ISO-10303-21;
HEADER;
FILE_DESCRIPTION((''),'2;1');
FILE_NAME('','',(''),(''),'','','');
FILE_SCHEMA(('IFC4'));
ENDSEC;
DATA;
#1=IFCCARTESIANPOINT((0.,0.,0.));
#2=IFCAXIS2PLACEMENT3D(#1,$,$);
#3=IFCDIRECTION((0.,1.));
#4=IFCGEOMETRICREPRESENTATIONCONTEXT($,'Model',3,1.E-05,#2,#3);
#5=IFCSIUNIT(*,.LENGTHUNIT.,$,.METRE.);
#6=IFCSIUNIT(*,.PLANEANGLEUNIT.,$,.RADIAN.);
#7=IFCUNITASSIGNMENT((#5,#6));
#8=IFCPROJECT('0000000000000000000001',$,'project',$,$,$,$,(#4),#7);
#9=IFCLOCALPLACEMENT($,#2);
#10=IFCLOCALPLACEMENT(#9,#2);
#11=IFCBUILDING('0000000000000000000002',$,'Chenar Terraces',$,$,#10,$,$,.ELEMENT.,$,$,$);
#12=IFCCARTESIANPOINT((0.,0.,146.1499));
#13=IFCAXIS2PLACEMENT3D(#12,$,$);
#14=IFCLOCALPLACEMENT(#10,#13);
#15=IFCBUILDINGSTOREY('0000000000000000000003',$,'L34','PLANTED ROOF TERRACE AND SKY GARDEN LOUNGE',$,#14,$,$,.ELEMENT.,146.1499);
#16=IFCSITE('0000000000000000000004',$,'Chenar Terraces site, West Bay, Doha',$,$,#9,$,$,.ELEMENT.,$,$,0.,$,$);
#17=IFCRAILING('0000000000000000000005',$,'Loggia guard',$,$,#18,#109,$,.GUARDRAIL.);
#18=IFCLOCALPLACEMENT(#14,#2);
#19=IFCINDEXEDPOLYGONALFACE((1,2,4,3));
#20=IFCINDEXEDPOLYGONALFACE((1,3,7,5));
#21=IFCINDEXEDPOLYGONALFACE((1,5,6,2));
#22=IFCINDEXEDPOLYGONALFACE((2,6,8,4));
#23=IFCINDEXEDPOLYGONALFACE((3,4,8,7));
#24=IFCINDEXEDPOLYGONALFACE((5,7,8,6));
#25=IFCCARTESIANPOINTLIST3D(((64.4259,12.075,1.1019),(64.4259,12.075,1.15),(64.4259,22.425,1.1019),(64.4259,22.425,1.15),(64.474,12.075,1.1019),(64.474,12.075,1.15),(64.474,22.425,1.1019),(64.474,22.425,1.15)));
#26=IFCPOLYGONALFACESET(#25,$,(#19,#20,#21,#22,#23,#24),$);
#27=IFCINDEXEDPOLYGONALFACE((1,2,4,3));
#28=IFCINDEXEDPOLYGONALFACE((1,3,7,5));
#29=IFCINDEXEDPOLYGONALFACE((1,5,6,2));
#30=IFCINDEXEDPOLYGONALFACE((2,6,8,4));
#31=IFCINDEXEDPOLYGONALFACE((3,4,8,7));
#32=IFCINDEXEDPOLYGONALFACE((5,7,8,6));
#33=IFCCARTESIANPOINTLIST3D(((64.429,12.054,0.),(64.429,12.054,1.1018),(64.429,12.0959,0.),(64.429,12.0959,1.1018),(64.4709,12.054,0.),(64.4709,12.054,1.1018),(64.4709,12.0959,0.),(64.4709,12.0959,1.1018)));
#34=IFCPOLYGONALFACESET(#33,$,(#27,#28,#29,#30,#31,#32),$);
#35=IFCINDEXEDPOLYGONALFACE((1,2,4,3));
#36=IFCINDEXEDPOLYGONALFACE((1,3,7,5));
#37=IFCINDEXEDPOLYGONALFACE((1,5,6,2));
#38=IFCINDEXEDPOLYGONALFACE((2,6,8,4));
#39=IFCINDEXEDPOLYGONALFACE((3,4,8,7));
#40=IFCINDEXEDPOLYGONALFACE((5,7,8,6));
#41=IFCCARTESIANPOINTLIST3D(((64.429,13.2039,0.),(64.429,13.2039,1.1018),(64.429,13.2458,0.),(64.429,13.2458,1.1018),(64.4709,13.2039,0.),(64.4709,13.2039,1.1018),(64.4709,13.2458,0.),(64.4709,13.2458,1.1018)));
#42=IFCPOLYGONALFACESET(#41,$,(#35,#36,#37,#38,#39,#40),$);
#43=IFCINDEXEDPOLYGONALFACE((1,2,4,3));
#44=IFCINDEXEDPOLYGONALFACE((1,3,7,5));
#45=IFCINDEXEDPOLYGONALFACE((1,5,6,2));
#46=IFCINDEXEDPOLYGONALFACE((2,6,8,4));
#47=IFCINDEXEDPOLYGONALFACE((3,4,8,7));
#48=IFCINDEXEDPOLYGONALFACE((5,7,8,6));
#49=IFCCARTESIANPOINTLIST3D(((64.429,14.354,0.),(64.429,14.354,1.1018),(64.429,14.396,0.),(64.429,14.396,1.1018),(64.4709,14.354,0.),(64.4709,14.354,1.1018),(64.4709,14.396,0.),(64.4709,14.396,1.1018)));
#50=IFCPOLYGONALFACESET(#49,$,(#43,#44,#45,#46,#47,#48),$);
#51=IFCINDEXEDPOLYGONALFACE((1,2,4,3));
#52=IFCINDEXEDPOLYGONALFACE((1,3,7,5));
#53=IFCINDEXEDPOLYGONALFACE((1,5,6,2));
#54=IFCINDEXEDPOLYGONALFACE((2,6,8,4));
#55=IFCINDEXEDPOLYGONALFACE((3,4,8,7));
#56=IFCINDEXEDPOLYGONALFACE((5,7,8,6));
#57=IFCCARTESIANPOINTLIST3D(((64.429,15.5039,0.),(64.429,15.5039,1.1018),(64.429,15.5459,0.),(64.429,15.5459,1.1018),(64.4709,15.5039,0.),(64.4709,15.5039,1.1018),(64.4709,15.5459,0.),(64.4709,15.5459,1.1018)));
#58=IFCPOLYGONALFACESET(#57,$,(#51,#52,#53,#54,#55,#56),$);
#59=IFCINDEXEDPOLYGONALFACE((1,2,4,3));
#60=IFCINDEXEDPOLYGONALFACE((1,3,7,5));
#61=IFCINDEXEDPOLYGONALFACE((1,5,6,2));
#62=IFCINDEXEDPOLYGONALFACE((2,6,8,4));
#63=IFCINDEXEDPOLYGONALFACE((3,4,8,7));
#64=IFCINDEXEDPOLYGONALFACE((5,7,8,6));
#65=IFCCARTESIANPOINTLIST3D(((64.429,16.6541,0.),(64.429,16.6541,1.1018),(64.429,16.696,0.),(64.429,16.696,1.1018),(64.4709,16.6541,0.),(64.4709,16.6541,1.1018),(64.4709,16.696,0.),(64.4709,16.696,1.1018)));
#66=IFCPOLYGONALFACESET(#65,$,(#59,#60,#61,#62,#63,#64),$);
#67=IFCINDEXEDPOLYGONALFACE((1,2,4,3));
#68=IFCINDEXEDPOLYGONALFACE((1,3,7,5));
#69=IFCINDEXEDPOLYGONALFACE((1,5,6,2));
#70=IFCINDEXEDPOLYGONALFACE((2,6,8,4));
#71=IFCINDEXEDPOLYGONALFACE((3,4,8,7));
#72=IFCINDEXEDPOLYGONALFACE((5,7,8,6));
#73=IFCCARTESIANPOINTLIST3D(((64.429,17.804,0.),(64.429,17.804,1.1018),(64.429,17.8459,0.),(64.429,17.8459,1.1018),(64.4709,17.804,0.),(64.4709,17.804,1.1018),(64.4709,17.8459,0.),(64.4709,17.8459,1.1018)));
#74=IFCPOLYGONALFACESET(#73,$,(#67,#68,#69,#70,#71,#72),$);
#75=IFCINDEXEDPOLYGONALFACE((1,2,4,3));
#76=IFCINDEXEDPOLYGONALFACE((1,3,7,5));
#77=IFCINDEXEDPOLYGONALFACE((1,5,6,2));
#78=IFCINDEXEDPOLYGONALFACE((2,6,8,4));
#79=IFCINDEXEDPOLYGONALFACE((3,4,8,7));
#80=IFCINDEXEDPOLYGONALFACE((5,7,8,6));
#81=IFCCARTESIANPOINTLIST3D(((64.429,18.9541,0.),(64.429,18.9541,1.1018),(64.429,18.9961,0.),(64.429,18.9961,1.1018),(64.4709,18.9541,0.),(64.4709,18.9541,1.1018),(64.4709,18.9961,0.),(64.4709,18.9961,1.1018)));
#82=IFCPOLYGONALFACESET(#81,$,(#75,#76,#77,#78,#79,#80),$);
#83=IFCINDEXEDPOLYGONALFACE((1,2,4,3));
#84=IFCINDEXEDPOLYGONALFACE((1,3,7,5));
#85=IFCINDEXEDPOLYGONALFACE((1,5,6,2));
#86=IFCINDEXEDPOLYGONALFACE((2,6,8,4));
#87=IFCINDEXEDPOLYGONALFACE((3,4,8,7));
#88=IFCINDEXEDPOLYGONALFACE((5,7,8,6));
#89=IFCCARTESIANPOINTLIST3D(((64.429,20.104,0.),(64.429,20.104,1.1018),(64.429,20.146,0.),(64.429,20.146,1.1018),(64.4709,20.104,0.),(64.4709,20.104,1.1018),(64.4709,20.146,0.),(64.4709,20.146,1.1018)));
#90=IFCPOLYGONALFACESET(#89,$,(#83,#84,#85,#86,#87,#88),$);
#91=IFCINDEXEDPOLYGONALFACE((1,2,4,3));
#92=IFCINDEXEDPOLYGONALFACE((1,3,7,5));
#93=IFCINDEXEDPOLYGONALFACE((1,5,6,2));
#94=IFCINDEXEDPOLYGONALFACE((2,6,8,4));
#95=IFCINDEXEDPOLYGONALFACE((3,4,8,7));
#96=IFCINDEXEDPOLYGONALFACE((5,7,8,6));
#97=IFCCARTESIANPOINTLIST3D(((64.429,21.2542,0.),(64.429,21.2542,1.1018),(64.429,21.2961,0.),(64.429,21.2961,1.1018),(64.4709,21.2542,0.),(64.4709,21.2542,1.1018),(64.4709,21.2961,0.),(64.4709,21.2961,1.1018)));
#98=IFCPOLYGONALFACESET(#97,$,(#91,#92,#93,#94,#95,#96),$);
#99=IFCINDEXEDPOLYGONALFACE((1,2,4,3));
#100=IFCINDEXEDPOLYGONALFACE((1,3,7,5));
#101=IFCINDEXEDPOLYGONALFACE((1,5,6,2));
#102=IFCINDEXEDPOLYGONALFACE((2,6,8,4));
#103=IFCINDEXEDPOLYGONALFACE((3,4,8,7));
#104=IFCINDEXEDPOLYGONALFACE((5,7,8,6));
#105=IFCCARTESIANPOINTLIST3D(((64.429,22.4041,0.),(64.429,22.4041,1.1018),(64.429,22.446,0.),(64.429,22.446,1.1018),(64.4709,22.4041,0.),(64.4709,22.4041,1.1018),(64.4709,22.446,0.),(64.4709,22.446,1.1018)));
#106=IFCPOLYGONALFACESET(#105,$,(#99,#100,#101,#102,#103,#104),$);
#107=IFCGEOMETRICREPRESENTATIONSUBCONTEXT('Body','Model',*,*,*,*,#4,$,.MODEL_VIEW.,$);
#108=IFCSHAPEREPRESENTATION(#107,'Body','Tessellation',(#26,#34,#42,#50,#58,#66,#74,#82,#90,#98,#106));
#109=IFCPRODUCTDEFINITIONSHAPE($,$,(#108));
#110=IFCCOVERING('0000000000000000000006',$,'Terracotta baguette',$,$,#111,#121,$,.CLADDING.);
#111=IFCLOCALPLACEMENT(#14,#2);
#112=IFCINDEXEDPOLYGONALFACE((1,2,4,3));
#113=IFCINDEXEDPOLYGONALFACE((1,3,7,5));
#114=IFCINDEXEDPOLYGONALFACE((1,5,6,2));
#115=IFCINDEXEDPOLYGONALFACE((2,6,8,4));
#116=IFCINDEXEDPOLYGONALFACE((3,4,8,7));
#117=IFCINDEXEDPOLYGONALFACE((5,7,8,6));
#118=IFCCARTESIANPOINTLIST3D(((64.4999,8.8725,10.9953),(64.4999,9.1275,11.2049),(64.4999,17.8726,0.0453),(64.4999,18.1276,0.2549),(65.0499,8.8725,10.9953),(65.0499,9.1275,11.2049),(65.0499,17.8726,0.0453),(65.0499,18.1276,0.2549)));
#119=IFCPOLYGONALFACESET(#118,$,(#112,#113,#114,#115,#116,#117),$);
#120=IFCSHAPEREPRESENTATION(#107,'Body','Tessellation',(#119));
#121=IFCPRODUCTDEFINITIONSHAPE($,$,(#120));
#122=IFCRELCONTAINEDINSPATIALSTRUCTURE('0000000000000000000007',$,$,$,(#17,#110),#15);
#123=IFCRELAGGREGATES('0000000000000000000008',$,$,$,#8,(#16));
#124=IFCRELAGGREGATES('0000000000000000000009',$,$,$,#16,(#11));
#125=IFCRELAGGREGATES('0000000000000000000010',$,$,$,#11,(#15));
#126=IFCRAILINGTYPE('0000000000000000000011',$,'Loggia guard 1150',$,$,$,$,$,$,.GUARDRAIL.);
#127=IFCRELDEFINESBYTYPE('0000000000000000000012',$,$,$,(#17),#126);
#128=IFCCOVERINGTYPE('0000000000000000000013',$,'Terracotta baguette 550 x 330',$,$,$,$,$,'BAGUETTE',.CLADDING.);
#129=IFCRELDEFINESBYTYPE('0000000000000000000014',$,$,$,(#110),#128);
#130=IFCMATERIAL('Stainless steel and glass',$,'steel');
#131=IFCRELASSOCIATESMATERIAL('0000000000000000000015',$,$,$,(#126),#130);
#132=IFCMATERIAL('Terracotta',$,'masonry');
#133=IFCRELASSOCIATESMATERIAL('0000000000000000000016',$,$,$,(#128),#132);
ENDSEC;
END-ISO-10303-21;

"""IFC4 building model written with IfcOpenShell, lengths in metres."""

from ifc_helpers import new_model, si_unit, direction, frame, origin, origin_2d, place, context, subcontext, project, spatial, rectangle, extrude, material, material_profile, profile_set, type_object, element, save


model = new_model("IFC4")

# Units and contexts
model_context = context("Model", 3, precision=1e-05, world=origin(), true_north=direction((0.0, 1.0)))
body_context = subcontext(model_context, "Body", "Model", "MODEL_VIEW")
ifc_project = project(units=[si_unit("LENGTHUNIT", "METRE"), si_unit("PLANEANGLEUNIT", "RADIAN")], contexts=[model_context])

# Site, building, storey
site_placement = place(None, origin())
site = spatial("IfcSite", under=ifc_project, at=site_placement, Name="Chenar Terraces site, West Bay, Doha", CompositionType="ELEMENT", RefElevation=0.0)
building_placement = place(site_placement, origin())
building = spatial("IfcBuilding", under=site, at=building_placement, Name="Chenar Terraces", CompositionType="ELEMENT")
storey_placement = place(building_placement, frame((0.0, 0.0, 146.1499)))
storey = spatial("IfcBuildingStorey", under=building, at=storey_placement, Name="L34", Description="PLANTED ROOF TERRACE AND SKY GARDEN LOUNGE", CompositionType="ELEMENT", Elevation=146.1499)

# Railing
ifc_material_1 = material(Name="Stainless steel and glass", Category="steel")
railing_type = type_object("IfcRailingType", Name="Loggia guard 1150", PredefinedType="GUARDRAIL", material=ifc_material_1)
railing_placement = place(storey_placement, frame((64.45, 12.075, 0.0)))
element("IfcRailing", 1, at=railing_placement, inside=storey, type_object=railing_type, Name="Loggia guard", PredefinedType="GUARDRAIL", context=body_context, shape_type="SweptSolid", body=[
    extrude(rectangle(XDim=0.0481, YDim=0.0481, at=origin_2d()), frame((0.0, 0.0, 1.126), z_axis=(0.0, 1.0, 0.0), x_axis=(-1.0, 0.0, 0.0)), (0.0, 0.0, 1.0), 10.3501),
    extrude(rectangle(XDim=0.042, YDim=0.042, at=origin_2d()), origin(), (0.0, 0.0, 1.0), 1.1018),
    extrude(rectangle(XDim=0.042, YDim=0.042, at=origin_2d()), frame((0.0, 1.1499, 0.0)), (0.0, 0.0, 1.0), 1.1018),
    extrude(rectangle(XDim=0.042, YDim=0.042, at=origin_2d()), frame((0.0, 2.3, 0.0)), (0.0, 0.0, 1.0), 1.1018),
    extrude(rectangle(XDim=0.042, YDim=0.042, at=origin_2d()), frame((0.0, 3.45, 0.0)), (0.0, 0.0, 1.0), 1.1018),
    extrude(rectangle(XDim=0.042, YDim=0.042, at=origin_2d()), frame((0.0, 4.6001, 0.0)), (0.0, 0.0, 1.0), 1.1018),
    extrude(rectangle(XDim=0.042, YDim=0.042, at=origin_2d()), frame((0.0, 5.75, 0.0)), (0.0, 0.0, 1.0), 1.1018),
    extrude(rectangle(XDim=0.042, YDim=0.042, at=origin_2d()), frame((0.0, 6.9001, 0.0)), (0.0, 0.0, 1.0), 1.1018),
    extrude(rectangle(XDim=0.042, YDim=0.042, at=origin_2d()), frame((0.0, 8.05, 0.0)), (0.0, 0.0, 1.0), 1.1018),
    extrude(rectangle(XDim=0.042, YDim=0.042, at=origin_2d()), frame((0.0, 9.2002, 0.0)), (0.0, 0.0, 1.0), 1.1018),
    extrude(rectangle(XDim=0.042, YDim=0.042, at=origin_2d()), frame((0.0, 10.3501, 0.0)), (0.0, 0.0, 1.0), 1.1018),
])

# Covering
ifc_material_2 = material(Name="Terracotta", Category="masonry")
ifc_material_profile_1 = material_profile(ifc_material_2, rectangle(XDim=0.55, YDim=0.3301, at=origin_2d()), Name="Terracotta baguette 550 x 330")
ifc_profile_set_1 = profile_set([ifc_material_profile_1], Name="Terracotta")
covering_type = type_object("IfcCoveringType", Name="Terracotta baguette 550 x 330", ElementType="BAGUETTE", PredefinedType="CLADDING", material=ifc_profile_set_1)
covering_placement = place(storey_placement, frame((64.7749, 9.0, 11.1001), z_axis=(0.0, 0.634967, -0.772539), x_axis=(-1.0, 0.0, 0.0)))
element("IfcCovering", 2, at=covering_placement, inside=storey, type_object=covering_type, Name="Terracotta baguette", PredefinedType="CLADDING", context=body_context, shape_type="SweptSolid", body=[
    extrude(rectangle(XDim=0.55, YDim=0.3301, at=origin_2d()), origin(), (0.0, 0.0, 1.0), 14.1741),
])

save(model, "model.ifc")
